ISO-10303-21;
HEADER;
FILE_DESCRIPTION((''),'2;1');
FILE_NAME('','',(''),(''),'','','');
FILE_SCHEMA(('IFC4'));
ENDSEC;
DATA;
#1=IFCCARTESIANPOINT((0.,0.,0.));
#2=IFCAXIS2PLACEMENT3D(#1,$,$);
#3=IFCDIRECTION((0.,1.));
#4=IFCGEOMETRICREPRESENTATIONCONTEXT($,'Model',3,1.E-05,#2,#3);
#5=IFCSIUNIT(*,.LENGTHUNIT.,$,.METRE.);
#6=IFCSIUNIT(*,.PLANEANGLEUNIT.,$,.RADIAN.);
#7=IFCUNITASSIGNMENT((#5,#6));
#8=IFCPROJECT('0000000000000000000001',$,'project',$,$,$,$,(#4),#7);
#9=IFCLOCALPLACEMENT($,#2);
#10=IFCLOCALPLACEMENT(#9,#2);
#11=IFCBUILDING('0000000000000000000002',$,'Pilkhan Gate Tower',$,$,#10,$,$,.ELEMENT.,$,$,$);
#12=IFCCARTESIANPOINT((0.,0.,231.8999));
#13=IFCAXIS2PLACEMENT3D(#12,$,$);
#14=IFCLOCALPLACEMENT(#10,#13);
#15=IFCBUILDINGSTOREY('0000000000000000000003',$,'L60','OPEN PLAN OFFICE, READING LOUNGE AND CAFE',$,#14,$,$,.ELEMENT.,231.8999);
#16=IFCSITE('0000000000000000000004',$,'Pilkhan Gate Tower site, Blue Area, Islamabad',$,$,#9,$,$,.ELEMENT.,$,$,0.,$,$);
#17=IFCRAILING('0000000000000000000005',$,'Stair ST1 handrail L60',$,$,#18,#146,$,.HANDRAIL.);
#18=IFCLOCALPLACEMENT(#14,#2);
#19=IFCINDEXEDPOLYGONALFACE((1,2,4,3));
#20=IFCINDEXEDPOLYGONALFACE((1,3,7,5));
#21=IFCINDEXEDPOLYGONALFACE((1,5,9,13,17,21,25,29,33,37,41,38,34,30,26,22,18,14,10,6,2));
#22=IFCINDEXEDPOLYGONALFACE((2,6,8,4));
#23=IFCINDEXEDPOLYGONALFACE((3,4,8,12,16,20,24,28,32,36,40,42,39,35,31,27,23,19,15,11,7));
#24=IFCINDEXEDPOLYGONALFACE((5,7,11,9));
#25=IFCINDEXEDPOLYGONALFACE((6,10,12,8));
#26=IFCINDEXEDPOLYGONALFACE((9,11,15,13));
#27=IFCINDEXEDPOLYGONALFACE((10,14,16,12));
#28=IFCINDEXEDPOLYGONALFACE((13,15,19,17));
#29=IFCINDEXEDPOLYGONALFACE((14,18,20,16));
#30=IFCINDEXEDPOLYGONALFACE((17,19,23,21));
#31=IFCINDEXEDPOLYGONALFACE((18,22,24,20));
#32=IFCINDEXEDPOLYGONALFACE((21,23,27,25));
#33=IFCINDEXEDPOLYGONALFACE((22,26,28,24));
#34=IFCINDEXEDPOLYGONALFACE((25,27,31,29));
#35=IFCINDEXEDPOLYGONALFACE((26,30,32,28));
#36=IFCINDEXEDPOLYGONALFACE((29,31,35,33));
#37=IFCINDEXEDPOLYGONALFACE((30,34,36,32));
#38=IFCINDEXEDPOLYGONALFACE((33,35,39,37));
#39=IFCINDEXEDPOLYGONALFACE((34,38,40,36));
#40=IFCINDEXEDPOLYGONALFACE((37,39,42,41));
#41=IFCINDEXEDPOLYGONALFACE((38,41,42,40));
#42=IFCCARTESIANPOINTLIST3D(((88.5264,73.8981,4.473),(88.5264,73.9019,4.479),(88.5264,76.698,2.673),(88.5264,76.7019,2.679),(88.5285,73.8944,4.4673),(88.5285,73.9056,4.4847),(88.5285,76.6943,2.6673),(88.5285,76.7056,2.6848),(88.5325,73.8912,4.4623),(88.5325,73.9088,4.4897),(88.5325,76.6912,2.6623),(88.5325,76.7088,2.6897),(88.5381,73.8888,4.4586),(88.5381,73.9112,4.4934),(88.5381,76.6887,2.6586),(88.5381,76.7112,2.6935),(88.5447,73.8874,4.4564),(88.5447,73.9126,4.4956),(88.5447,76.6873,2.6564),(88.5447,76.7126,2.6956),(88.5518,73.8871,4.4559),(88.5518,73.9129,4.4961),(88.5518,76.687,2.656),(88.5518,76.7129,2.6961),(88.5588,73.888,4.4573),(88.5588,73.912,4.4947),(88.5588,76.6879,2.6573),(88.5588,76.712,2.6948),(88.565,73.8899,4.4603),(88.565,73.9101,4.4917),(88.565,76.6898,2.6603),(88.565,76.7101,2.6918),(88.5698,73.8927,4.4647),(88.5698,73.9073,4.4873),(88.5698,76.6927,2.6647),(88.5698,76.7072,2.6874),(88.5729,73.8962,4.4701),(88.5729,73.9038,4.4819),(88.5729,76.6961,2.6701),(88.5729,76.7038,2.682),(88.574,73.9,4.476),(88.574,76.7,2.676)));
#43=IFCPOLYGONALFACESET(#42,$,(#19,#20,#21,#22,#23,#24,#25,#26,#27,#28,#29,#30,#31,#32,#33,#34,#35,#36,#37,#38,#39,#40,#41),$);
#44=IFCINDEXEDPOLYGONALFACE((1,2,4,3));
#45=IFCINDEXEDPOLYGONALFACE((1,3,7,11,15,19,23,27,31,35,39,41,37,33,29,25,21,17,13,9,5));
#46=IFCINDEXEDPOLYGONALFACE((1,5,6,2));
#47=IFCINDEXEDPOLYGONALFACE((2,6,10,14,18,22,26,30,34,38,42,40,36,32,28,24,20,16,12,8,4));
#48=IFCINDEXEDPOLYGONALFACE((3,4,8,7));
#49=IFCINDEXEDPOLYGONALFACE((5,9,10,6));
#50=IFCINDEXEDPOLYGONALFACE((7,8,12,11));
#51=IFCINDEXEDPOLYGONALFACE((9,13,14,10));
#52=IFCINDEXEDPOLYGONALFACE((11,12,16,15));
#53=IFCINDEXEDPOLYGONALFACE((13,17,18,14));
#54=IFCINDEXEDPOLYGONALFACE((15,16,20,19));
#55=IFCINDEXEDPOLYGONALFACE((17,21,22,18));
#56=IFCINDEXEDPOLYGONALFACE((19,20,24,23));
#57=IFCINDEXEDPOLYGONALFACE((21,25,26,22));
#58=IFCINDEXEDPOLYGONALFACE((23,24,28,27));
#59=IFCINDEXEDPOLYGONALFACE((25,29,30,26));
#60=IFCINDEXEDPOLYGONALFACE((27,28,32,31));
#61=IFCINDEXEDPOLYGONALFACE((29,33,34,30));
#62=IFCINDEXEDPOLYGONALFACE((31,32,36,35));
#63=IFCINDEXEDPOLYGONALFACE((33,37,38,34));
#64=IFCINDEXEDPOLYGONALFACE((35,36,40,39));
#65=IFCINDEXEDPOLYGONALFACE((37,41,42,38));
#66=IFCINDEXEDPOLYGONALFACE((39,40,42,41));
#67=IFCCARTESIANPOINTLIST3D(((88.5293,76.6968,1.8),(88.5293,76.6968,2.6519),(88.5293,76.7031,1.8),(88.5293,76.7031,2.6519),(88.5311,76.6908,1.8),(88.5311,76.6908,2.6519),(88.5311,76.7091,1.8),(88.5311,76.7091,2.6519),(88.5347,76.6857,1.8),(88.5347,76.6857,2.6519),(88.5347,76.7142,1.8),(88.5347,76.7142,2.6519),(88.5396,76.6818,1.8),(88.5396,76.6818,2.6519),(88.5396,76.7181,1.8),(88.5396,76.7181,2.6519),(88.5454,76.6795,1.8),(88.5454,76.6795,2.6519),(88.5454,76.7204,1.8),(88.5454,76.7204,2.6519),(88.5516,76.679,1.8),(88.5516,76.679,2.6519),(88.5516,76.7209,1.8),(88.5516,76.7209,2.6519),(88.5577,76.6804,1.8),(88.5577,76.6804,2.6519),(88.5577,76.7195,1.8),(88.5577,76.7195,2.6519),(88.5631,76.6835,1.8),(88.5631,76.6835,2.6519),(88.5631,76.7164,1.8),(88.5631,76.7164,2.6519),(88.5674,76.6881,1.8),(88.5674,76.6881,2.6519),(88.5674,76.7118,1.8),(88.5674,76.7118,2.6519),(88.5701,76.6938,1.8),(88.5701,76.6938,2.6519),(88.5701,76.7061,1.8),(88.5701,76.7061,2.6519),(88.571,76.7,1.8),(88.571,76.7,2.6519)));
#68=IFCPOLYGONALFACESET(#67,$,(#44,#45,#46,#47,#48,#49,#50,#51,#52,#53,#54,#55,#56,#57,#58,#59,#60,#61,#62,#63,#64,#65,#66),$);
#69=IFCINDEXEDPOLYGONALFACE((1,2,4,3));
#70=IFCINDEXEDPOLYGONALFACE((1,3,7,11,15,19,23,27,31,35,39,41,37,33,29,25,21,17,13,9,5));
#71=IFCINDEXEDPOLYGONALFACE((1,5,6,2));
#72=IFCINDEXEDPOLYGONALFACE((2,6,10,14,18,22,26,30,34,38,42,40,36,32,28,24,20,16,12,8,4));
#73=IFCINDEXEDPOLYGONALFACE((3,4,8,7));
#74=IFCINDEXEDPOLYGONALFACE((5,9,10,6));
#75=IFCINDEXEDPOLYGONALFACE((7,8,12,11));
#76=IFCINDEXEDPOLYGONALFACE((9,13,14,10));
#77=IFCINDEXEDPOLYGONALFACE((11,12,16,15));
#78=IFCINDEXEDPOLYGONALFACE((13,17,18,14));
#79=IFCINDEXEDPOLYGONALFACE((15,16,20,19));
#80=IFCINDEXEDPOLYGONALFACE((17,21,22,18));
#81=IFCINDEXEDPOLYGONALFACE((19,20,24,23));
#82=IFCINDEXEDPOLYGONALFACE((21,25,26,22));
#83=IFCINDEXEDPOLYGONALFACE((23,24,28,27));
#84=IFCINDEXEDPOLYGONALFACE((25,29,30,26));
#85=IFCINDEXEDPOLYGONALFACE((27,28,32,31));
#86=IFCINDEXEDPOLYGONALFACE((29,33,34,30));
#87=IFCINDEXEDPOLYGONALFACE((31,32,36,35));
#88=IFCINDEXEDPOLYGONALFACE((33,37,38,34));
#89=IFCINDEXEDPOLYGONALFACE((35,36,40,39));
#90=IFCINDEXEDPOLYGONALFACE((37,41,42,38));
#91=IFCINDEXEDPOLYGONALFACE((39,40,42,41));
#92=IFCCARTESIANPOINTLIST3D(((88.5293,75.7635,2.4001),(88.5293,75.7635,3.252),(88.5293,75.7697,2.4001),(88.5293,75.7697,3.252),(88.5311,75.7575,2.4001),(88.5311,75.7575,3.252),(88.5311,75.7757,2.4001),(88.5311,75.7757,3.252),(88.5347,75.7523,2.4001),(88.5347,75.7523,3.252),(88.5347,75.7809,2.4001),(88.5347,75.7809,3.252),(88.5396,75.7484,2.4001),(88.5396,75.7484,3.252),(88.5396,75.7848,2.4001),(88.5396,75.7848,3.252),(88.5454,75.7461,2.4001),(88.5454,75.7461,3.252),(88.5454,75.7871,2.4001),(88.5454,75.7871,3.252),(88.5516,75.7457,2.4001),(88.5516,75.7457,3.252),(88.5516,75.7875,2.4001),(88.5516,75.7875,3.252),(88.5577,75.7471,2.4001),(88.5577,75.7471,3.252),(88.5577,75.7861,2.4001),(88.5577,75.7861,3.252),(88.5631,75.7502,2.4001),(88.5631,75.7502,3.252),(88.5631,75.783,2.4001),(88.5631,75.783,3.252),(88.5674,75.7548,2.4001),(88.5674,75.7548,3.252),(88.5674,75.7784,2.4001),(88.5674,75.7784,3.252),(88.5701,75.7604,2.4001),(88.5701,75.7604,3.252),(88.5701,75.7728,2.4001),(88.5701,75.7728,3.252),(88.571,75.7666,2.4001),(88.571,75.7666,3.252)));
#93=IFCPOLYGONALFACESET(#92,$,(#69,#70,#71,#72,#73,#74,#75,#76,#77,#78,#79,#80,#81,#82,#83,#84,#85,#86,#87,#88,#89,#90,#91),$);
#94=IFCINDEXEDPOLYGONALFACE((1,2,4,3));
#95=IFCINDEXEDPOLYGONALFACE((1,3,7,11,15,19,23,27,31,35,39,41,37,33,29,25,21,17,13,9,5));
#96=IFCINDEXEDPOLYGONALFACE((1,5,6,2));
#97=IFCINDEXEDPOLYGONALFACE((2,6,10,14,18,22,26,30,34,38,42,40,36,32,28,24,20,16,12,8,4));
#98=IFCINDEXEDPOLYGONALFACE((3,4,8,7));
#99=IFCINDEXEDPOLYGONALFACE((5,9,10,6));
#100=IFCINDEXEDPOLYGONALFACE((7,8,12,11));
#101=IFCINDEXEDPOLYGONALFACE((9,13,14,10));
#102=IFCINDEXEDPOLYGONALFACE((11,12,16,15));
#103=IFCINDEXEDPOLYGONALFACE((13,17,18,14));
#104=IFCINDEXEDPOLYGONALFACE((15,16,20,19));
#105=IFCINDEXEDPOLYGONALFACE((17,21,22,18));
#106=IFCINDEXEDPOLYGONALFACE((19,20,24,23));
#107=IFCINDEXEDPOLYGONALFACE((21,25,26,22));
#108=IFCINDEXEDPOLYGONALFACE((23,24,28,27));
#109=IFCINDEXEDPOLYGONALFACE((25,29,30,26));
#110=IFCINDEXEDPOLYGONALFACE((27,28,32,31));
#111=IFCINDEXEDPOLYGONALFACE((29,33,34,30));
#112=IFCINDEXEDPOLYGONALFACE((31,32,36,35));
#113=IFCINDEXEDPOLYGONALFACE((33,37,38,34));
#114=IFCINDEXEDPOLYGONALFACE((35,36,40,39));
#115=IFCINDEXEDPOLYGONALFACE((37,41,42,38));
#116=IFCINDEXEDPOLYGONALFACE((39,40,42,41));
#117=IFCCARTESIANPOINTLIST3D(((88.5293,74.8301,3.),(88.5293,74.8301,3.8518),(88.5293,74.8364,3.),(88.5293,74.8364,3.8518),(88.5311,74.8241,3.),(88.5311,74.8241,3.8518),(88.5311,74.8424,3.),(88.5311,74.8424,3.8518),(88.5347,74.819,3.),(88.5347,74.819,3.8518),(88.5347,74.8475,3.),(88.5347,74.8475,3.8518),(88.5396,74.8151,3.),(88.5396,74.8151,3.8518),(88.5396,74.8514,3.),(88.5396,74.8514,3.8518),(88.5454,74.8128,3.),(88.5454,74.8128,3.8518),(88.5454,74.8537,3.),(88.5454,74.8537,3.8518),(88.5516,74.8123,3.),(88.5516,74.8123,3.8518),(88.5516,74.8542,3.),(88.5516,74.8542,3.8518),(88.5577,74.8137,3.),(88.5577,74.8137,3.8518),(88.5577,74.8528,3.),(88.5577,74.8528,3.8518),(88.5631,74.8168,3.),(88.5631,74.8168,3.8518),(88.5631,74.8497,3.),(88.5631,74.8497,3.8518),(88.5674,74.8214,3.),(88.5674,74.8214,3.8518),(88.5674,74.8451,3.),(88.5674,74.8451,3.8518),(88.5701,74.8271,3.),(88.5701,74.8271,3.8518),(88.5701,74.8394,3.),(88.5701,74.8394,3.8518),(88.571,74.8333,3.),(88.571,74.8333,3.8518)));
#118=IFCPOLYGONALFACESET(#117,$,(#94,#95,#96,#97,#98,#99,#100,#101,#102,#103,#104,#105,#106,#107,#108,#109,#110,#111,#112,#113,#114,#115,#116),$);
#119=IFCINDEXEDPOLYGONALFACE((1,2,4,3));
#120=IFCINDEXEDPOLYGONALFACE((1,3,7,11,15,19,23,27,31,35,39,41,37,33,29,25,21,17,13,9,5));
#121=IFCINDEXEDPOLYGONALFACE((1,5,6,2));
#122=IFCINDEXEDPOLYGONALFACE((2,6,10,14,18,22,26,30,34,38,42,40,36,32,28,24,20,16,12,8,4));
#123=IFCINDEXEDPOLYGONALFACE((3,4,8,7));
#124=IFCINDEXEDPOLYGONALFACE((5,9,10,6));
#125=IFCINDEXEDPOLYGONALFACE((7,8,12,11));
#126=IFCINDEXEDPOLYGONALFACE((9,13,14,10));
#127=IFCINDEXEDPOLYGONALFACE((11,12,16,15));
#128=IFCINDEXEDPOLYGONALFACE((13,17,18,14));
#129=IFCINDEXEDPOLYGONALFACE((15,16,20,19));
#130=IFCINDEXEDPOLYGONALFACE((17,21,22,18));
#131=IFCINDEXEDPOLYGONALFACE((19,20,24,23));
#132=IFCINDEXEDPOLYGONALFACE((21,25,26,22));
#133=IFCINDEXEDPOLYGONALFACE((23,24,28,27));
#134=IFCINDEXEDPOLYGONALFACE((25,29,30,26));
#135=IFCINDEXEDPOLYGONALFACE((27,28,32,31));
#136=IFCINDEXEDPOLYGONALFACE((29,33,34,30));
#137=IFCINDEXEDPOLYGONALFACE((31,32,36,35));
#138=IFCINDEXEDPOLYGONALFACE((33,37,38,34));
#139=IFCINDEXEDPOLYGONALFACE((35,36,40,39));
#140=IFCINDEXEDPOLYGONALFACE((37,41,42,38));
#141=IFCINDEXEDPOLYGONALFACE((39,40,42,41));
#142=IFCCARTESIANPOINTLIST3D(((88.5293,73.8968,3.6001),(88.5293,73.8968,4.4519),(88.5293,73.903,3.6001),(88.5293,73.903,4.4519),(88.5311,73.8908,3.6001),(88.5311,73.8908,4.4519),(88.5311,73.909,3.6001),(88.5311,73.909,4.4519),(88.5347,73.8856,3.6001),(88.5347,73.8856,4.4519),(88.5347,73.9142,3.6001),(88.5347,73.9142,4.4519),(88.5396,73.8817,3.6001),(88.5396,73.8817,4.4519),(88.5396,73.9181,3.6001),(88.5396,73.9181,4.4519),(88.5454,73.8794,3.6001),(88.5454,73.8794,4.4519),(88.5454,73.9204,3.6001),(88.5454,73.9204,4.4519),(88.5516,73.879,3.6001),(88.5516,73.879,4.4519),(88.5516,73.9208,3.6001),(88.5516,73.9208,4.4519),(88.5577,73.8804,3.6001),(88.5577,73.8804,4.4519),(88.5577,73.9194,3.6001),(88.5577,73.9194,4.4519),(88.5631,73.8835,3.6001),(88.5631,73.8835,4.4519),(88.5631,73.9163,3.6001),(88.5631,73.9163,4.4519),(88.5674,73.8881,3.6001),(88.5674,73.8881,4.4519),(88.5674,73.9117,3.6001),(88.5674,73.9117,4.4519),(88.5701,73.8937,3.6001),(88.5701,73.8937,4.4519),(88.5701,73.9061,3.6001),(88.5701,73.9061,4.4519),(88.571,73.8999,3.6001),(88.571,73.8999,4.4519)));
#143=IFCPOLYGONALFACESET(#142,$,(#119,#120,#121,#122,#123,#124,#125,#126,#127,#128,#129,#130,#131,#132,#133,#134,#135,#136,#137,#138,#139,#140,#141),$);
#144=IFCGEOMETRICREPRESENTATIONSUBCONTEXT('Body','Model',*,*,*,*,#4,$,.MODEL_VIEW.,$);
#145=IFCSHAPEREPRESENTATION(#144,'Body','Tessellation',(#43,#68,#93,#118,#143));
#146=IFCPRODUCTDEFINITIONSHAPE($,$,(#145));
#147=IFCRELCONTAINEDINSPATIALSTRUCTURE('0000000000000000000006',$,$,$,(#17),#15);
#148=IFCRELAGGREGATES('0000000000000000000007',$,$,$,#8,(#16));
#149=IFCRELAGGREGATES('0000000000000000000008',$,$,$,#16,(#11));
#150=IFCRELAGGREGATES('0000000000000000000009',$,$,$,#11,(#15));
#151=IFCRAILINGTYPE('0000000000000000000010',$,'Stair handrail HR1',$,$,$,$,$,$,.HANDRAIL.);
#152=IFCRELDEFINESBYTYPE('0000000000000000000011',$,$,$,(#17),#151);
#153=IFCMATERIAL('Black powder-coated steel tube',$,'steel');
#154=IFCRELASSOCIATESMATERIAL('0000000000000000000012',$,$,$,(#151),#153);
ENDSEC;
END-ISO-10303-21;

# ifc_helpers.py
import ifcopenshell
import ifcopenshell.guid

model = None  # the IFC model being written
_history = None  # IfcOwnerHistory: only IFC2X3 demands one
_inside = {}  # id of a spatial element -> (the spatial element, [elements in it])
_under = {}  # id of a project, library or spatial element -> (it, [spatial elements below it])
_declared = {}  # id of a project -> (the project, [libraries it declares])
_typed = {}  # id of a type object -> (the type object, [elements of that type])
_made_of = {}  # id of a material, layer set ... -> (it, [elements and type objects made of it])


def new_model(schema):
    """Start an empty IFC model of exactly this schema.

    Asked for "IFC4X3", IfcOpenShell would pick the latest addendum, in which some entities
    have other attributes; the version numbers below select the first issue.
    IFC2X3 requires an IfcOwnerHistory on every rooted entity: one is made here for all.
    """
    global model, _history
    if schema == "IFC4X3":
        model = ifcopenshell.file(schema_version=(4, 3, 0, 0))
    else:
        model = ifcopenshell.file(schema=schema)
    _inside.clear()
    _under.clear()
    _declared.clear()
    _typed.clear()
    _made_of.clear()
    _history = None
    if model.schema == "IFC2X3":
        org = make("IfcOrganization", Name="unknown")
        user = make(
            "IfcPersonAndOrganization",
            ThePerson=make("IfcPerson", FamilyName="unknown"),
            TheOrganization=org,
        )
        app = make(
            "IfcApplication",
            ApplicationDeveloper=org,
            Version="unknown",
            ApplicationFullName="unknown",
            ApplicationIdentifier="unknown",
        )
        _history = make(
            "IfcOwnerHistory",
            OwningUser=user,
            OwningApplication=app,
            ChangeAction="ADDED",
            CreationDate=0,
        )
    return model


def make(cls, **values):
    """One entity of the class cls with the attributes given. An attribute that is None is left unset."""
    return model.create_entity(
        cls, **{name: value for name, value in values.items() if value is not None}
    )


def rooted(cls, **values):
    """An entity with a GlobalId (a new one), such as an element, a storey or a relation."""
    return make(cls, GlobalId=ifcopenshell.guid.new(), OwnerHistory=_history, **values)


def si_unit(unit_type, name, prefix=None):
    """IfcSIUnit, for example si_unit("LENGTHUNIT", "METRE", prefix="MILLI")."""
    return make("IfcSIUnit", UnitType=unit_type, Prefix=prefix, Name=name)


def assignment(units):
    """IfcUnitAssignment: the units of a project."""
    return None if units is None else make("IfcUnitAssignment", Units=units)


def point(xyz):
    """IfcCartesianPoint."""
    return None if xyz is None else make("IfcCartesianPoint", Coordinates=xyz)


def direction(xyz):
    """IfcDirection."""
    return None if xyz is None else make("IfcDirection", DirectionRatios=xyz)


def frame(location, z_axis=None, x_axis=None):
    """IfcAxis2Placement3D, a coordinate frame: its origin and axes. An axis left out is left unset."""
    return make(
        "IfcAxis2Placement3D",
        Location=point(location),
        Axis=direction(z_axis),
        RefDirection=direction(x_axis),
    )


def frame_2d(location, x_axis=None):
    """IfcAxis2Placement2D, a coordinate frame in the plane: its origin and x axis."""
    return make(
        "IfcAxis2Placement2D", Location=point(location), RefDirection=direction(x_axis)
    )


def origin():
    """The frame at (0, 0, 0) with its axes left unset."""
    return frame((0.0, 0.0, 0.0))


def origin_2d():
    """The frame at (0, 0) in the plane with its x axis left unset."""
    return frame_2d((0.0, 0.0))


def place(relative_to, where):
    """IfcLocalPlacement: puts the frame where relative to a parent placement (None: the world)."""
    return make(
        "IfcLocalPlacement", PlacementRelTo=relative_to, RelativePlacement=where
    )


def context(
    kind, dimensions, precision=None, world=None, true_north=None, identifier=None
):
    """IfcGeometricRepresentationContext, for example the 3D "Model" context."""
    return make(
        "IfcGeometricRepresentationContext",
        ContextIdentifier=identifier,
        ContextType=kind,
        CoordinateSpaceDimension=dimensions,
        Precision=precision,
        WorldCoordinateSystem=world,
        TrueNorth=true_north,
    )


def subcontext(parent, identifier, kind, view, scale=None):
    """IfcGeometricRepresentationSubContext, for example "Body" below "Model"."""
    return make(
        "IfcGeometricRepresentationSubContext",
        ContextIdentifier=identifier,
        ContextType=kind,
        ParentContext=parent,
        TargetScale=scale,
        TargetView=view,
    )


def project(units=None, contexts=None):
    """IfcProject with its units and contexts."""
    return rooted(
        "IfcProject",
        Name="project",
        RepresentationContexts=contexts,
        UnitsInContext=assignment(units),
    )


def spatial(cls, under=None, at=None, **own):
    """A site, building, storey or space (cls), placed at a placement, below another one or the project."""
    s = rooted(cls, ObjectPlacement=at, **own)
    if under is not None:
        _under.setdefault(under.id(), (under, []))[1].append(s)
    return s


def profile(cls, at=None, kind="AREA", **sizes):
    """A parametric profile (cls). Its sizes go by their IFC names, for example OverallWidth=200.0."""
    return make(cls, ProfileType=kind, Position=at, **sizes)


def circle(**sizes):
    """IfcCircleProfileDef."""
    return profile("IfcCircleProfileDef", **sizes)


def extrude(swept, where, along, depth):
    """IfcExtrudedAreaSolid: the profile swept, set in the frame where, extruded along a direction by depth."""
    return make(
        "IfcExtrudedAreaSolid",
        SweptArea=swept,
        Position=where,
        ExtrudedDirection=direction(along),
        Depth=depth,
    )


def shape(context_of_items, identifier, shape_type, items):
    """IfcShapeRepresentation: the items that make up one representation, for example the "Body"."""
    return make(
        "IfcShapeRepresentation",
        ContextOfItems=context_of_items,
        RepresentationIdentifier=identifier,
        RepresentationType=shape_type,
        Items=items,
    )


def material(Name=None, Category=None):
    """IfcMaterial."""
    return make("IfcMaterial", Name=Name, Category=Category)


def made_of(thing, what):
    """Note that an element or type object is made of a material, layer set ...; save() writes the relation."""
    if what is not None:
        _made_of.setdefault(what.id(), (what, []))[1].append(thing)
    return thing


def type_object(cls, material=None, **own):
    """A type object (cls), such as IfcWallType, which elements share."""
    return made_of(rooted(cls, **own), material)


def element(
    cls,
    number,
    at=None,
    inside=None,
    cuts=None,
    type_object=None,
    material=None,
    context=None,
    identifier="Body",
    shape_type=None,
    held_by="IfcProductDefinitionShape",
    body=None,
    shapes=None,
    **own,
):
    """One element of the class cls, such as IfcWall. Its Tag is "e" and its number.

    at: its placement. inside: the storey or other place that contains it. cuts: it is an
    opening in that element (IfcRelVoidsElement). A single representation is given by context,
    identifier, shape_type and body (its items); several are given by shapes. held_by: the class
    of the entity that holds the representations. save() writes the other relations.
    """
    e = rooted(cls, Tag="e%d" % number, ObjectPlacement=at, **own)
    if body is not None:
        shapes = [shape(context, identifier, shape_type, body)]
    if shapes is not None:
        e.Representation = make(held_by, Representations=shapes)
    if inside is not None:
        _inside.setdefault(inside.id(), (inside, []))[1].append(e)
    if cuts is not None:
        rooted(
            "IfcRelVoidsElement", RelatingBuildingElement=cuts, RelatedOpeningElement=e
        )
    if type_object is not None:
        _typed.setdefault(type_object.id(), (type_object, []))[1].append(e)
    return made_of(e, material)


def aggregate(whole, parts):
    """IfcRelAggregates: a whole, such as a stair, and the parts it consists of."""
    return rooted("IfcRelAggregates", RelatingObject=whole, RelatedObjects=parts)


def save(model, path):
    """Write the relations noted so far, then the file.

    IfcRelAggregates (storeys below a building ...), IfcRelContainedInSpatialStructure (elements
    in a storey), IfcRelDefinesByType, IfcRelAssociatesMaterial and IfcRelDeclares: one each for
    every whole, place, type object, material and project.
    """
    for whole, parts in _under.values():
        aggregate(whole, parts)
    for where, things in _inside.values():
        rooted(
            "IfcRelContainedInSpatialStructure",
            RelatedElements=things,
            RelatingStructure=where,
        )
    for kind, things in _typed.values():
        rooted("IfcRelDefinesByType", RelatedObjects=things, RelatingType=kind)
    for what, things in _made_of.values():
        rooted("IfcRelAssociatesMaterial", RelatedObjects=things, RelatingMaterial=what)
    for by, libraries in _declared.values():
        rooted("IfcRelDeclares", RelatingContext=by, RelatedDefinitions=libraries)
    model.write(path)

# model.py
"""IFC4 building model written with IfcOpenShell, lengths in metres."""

from ifc_helpers import new_model, si_unit, direction, frame, origin, origin_2d, place, context, subcontext, project, spatial, circle, extrude, material, type_object, element, save


model = new_model("IFC4")

# Units and contexts
model_context = context("Model", 3, precision=1e-05, world=origin(), true_north=direction((0.0, 1.0)))
body_context = subcontext(model_context, "Body", "Model", "MODEL_VIEW")
ifc_project = project(units=[si_unit("LENGTHUNIT", "METRE"), si_unit("PLANEANGLEUNIT", "RADIAN")], contexts=[model_context])

# Site, building, storey
site_placement = place(None, origin())
site = spatial("IfcSite", under=ifc_project, at=site_placement, Name="Pilkhan Gate Tower site, Blue Area, Islamabad", CompositionType="ELEMENT", RefElevation=0.0)
building_placement = place(site_placement, origin())
building = spatial("IfcBuilding", under=site, at=building_placement, Name="Pilkhan Gate Tower", CompositionType="ELEMENT")
storey_placement = place(building_placement, frame((0.0, 0.0, 231.8999)))
storey = spatial("IfcBuildingStorey", under=building, at=storey_placement, Name="L60", Description="OPEN PLAN OFFICE, READING LOUNGE AND CAFE", CompositionType="ELEMENT", Elevation=231.8999)

# Railing
ifc_material_1 = material(Name="Black powder-coated steel tube", Category="steel")
railing_type_1 = type_object("IfcRailingType", Name="Stair handrail HR1", PredefinedType="HANDRAIL", material=ifc_material_1)
for number, where, name in (
    (1, (88.55, 76.7, 1.8), "Stair ST1 handrail L60"),
):
    element("IfcRailing", number, at=place(storey_placement, frame(where)), inside=storey, type_object=railing_type_1, Name=name, PredefinedType="HANDRAIL", context=body_context, shape_type="SweptSolid", body=[
        extrude(circle(Radius=0.0239, at=origin_2d()), frame((0.0, 0.0, 0.876), z_axis=(0.0, -0.841176, 0.540761), x_axis=(1.0, 0.0, 0.0)), (0.0, 0.0, 1.0), 3.3286),
        extrude(circle(Radius=0.021, at=origin_2d()), origin(), (0.0, 0.0, 1.0), 0.8518),
        extrude(circle(Radius=0.021, at=origin_2d()), frame((0.0, -0.9333, 0.6001)), (0.0, 0.0, 1.0), 0.8518),
        extrude(circle(Radius=0.021, at=origin_2d()), frame((0.0, -1.8667, 1.2)), (0.0, 0.0, 1.0), 0.8518),
        extrude(circle(Radius=0.021, at=origin_2d()), frame((0.0, -2.8, 1.8)), (0.0, 0.0, 1.0), 0.8518),
    ])

save(model, "model.ifc")
